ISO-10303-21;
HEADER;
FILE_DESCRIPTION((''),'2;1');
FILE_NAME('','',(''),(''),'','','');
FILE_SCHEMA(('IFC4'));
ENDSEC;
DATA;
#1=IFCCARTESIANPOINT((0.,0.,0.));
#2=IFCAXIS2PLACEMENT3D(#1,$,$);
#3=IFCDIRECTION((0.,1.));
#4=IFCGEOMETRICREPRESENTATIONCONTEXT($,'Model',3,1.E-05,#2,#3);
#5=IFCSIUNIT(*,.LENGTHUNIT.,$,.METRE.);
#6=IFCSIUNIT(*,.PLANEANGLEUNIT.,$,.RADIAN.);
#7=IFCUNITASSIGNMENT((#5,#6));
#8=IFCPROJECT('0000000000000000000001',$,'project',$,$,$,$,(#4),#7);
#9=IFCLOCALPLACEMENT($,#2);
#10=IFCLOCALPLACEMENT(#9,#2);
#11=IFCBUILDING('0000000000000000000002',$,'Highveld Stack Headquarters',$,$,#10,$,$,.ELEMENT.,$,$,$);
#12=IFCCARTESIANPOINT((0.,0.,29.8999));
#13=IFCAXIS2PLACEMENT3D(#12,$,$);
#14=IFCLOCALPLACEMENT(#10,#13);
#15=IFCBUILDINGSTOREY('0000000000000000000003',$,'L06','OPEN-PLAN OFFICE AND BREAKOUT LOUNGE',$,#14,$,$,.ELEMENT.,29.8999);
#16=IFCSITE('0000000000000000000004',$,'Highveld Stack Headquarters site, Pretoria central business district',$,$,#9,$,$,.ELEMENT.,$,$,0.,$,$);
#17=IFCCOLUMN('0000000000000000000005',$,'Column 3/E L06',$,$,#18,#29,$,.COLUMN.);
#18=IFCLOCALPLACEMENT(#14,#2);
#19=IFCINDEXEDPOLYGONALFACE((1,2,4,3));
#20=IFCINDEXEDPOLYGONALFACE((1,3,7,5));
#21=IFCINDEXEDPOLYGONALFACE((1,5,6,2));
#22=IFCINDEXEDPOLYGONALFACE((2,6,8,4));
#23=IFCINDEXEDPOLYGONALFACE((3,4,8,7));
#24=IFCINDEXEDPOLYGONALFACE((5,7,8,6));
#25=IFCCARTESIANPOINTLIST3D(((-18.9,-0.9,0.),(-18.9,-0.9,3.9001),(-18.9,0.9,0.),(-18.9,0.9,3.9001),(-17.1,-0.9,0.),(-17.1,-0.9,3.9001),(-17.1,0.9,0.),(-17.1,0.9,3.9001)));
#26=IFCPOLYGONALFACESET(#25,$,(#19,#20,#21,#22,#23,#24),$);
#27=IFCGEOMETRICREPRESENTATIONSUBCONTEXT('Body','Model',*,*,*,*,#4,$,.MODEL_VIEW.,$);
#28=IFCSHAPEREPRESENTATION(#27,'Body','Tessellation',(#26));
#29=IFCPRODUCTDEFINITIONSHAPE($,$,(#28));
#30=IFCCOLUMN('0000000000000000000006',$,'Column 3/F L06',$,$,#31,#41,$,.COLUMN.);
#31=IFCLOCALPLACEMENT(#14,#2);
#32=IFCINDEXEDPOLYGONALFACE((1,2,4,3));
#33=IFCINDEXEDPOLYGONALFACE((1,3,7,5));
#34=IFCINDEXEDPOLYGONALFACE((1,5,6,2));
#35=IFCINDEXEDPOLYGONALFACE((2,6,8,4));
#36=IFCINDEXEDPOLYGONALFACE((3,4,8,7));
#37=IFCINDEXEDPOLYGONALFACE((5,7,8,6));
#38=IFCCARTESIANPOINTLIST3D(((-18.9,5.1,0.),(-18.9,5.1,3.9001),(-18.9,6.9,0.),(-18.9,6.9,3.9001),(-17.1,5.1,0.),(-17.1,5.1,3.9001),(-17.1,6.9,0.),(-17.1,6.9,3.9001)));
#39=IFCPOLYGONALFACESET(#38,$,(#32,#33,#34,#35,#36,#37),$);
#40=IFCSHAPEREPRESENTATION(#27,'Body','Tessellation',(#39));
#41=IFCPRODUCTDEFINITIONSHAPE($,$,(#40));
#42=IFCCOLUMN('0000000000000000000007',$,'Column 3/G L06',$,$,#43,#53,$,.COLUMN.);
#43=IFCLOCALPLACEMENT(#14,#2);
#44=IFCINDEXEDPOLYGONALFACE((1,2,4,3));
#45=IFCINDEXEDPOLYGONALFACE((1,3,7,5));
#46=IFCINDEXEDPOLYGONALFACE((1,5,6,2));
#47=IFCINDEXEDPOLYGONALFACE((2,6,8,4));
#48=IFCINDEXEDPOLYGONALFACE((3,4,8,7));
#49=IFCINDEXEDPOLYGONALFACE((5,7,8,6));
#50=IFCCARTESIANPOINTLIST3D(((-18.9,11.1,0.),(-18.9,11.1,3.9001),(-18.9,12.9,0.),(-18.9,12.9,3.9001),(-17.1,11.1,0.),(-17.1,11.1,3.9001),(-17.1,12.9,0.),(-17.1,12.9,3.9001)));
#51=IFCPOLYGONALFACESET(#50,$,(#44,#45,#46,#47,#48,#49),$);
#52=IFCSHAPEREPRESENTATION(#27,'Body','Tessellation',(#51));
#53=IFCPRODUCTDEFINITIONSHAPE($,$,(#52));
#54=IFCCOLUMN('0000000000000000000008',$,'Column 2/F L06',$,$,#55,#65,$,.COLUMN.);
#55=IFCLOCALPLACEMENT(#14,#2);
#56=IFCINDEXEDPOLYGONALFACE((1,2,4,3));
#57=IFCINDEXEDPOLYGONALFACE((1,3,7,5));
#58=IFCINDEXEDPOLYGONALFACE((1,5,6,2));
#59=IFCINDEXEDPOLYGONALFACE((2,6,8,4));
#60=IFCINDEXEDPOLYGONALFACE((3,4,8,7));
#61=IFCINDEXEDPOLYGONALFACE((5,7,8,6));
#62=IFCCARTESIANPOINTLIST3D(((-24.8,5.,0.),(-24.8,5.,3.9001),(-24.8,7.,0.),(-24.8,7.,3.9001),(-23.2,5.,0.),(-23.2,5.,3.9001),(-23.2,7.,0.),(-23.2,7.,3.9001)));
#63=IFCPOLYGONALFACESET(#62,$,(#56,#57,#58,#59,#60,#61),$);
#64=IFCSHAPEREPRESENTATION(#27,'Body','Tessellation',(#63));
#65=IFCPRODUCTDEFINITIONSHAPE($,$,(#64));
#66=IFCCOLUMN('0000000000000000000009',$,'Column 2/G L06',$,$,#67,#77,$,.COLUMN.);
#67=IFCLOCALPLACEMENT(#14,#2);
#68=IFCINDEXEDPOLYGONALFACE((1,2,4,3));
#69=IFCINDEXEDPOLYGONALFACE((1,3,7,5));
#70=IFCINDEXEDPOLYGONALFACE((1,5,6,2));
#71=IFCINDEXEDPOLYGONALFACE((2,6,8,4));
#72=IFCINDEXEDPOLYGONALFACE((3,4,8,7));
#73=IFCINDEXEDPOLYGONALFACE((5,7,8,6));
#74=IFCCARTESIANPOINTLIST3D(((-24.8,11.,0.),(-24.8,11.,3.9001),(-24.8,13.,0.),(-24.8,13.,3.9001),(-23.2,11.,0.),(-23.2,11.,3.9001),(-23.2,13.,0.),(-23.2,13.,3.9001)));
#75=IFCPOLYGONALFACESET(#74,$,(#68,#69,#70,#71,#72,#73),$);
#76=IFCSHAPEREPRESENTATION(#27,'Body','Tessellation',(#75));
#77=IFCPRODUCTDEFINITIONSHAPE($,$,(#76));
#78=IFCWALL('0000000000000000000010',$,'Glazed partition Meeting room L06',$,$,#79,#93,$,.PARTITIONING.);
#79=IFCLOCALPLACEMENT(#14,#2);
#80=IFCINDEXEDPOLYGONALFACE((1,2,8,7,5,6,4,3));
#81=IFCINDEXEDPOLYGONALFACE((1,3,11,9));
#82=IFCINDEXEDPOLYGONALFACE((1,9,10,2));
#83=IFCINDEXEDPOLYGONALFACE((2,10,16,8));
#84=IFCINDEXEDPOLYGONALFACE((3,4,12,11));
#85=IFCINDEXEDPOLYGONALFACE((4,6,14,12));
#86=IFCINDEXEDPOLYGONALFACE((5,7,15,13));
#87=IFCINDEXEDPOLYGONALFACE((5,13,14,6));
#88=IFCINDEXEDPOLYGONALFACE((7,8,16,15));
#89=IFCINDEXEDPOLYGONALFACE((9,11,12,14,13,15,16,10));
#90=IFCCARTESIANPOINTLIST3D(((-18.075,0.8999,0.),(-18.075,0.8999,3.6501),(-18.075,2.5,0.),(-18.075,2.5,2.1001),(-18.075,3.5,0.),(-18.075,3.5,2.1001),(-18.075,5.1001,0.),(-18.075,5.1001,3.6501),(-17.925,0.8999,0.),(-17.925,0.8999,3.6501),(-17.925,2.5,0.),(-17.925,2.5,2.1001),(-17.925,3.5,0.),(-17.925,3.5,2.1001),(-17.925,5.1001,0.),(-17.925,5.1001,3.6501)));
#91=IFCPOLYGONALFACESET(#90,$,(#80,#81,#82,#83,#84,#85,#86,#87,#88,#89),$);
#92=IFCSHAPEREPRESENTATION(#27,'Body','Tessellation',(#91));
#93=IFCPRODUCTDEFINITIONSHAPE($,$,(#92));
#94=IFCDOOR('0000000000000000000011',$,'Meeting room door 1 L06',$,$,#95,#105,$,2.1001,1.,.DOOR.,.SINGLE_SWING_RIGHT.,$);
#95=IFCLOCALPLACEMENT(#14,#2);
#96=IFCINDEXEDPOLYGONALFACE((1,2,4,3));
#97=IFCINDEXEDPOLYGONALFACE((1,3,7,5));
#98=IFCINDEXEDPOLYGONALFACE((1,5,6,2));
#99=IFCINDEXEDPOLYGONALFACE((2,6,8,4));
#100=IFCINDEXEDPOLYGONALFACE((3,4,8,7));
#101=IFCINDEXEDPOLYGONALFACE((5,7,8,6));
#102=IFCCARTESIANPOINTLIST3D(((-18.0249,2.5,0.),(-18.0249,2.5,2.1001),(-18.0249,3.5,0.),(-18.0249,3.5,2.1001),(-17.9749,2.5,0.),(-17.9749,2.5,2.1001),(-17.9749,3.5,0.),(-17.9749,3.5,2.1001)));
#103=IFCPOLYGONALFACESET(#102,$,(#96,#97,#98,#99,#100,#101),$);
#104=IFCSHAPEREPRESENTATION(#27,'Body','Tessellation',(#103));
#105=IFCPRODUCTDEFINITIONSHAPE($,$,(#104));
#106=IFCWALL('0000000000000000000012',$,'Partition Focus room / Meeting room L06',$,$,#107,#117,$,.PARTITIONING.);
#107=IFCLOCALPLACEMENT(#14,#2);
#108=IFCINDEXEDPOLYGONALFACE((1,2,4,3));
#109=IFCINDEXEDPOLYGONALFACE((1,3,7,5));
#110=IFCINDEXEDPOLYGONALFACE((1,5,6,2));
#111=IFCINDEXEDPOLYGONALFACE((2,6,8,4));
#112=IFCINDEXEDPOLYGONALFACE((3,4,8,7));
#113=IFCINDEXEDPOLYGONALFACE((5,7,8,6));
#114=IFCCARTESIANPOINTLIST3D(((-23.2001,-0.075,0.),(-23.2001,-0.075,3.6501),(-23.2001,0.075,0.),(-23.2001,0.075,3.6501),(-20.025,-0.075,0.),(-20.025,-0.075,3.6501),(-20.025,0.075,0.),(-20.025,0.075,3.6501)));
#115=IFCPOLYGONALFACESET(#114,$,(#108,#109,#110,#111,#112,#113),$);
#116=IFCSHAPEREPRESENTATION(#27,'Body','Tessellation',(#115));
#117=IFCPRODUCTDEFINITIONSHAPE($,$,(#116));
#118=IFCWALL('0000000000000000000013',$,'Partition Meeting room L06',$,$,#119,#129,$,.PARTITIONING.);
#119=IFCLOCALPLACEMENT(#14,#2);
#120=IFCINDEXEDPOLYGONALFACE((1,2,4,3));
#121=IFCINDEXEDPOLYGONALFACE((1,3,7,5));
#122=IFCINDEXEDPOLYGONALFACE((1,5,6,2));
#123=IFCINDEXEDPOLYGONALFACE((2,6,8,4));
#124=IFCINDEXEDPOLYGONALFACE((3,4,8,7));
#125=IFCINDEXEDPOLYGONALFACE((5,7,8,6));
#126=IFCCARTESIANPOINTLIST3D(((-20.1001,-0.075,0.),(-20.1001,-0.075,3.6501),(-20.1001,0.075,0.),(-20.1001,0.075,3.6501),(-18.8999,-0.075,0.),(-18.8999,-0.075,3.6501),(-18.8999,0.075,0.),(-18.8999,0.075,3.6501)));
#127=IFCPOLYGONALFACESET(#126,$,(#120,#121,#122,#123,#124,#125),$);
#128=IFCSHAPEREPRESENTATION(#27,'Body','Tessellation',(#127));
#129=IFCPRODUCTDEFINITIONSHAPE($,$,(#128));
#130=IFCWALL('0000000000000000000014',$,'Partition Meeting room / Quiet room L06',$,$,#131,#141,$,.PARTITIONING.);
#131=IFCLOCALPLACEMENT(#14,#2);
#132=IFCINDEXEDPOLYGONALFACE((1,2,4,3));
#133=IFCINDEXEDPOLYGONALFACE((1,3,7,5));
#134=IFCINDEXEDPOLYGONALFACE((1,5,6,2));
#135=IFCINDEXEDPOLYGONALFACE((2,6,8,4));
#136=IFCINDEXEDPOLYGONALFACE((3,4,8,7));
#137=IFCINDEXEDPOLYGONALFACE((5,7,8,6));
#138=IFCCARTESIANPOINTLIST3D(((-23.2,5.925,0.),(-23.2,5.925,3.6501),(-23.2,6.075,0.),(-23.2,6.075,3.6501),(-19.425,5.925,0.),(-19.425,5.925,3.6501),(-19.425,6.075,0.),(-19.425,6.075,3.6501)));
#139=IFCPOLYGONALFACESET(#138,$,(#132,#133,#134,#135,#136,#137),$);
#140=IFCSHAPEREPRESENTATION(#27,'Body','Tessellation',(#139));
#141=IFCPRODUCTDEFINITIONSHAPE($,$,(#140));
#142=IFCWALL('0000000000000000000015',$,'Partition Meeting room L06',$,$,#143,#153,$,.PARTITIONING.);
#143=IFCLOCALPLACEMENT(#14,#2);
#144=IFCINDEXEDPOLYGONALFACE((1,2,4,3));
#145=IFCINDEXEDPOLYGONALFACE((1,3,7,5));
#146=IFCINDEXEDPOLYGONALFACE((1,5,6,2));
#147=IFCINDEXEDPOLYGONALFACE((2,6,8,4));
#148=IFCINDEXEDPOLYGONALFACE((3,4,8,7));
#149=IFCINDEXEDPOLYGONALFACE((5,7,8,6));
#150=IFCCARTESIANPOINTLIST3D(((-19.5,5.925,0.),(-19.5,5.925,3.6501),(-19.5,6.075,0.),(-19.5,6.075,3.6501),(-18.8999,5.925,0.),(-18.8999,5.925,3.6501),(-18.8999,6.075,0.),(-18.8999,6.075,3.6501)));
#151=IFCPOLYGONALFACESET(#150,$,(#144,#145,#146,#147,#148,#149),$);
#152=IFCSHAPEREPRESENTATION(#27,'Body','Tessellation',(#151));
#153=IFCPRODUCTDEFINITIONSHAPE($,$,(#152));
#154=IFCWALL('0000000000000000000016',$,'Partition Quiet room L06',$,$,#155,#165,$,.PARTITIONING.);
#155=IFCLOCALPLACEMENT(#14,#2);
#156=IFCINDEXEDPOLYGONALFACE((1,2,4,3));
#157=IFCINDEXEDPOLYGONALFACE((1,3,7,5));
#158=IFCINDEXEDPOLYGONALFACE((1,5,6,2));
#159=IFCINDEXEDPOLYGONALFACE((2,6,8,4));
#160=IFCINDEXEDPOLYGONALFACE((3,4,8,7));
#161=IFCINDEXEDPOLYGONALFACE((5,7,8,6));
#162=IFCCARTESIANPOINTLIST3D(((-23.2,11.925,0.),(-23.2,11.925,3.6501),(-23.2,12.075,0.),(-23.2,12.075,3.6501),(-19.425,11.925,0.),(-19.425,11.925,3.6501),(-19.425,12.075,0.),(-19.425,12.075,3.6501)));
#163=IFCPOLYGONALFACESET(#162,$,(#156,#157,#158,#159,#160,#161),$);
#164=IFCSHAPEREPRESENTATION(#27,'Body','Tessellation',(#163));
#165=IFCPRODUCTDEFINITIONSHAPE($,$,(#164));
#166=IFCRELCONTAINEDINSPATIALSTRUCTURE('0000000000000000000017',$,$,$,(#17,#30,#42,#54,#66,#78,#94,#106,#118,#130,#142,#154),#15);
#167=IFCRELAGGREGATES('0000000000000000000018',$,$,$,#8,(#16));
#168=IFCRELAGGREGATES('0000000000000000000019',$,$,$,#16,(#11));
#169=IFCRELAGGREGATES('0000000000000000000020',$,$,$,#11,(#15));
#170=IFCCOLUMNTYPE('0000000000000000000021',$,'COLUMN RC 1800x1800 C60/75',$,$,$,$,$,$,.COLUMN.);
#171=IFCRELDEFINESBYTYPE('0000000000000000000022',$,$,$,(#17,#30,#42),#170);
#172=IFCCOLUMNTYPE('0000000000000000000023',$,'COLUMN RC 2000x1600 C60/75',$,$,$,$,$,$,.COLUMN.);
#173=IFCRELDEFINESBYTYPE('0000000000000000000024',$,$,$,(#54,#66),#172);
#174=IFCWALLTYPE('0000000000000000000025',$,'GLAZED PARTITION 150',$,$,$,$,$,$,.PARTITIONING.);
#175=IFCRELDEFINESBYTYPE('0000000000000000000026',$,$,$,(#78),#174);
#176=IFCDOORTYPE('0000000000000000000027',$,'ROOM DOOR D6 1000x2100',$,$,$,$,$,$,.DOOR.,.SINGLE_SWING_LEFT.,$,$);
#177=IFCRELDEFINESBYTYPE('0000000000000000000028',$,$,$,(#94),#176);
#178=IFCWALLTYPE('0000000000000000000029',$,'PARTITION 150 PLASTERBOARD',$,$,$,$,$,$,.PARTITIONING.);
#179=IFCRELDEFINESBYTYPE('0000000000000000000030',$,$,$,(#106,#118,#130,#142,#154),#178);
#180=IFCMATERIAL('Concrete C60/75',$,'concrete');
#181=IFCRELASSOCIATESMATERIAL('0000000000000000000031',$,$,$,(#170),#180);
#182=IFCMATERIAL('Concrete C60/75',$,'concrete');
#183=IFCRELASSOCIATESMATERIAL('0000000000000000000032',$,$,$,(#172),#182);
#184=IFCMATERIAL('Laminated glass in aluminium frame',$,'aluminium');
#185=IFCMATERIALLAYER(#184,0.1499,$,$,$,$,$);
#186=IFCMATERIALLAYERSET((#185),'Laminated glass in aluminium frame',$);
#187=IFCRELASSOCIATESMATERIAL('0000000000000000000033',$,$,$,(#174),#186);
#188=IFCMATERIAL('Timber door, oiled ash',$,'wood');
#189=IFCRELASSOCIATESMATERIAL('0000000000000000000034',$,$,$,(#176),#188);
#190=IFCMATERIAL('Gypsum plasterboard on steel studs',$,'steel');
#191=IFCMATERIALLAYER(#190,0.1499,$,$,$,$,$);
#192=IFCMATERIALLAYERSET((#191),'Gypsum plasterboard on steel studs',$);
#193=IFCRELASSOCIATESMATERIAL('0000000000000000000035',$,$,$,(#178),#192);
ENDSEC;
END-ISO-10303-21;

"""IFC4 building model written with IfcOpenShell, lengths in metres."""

from ifc_helpers import new_model, si_unit, direction, frame, frame_2d, origin, origin_2d, place, context, subcontext, project, spatial, rectangle, extrude, material, layer, layer_set, material_profile, profile_set, type_object, element, fill, save


model = new_model("IFC4")

# Units and contexts
model_context = context("Model", 3, precision=1e-05, world=origin(), true_north=direction((0.0, 1.0)))
body_context = subcontext(model_context, "Body", "Model", "MODEL_VIEW")
ifc_project = project(units=[si_unit("LENGTHUNIT", "METRE"), si_unit("PLANEANGLEUNIT", "RADIAN")], contexts=[model_context])

# Site, building, storey
site_placement = place(None, origin())
site = spatial("IfcSite", under=ifc_project, at=site_placement, Name="Highveld Stack Headquarters site, Pretoria central business district", CompositionType="ELEMENT", RefElevation=0.0)
building_placement = place(site_placement, origin())
building = spatial("IfcBuilding", under=site, at=building_placement, Name="Highveld Stack Headquarters", CompositionType="ELEMENT")
storey_placement = place(building_placement, frame((0.0, 0.0, 29.8999)))
storey = spatial("IfcBuildingStorey", under=building, at=storey_placement, Name="L06", Description="OPEN-PLAN OFFICE AND BREAKOUT LOUNGE", CompositionType="ELEMENT", Elevation=29.8999)

# Columns
ifc_material_1 = material(Name="Concrete C60/75", Category="concrete")
ifc_material_profile_1 = material_profile(ifc_material_1, rectangle(XDim=1.8, YDim=1.8, at=origin_2d()), Name="RC 1800x1800")
ifc_profile_set_1 = profile_set([ifc_material_profile_1], Name="Concrete C60/75")
column_type_1 = type_object("IfcColumnType", Name="COLUMN RC 1800x1800 C60/75", PredefinedType="COLUMN", material=ifc_profile_set_1)
for number, where, z_axis, x_axis, name in (
    (1, (-18.0, 0.0, 0.0), (0.0, 0.0, 1.0), (1.0, 0.0, 0.0), "Column 3/E L06"),
    (2, (-18.0, 6.0, 0.0), (0.0, 0.0, 1.0), (1.0, 0.0, 0.0), "Column 3/F L06"),
    (3, (-18.0, 12.0, 0.0), (0.0, 0.0, 1.0), (1.0, 0.0, 0.0), "Column 3/G L06"),
):
    element("IfcColumn", number, at=place(storey_placement, frame(where, z_axis=z_axis, x_axis=x_axis)), inside=storey, type_object=column_type_1, Name=name, PredefinedType="COLUMN", context=body_context, shape_type="SweptSolid", body=[
        extrude(rectangle(XDim=1.8, YDim=1.8, at=origin_2d()), origin(), (0.0, 0.0, 1.0), 3.9001),
    ])
ifc_material_2 = material(Name="Concrete C60/75", Category="concrete")
ifc_material_profile_2 = material_profile(ifc_material_2, rectangle(XDim=2.0, YDim=1.6001, at=origin_2d()), Name="RC 2000x1600")
ifc_profile_set_2 = profile_set([ifc_material_profile_2], Name="Concrete C60/75")
column_type_2 = type_object("IfcColumnType", Name="COLUMN RC 2000x1600 C60/75", PredefinedType="COLUMN", material=ifc_profile_set_2)
for number, where, z_axis, x_axis, name in (
    (4, (-24.0, 6.0, 0.0), (0.0, 0.0, 1.0), (0.0, 1.0, 0.0), "Column 2/F L06"),
    (5, (-24.0, 12.0, 0.0), (0.0, 0.0, 1.0), (0.0, 1.0, 0.0), "Column 2/G L06"),
):
    element("IfcColumn", number, at=place(storey_placement, frame(where, z_axis=z_axis, x_axis=x_axis)), inside=storey, type_object=column_type_2, Name=name, PredefinedType="COLUMN", context=body_context, shape_type="SweptSolid", body=[
        extrude(rectangle(XDim=2.0, YDim=1.6001, at=origin_2d()), origin(), (0.0, 0.0, 1.0), 3.9001),
    ])

# Wall, opening, door
ifc_material_3 = material(Name="Laminated glass in aluminium frame", Category="aluminium")
ifc_layer_1 = layer(ifc_material_3, 0.1499)
ifc_layer_set_1 = layer_set([ifc_layer_1], Name="Laminated glass in aluminium frame")
wall_type_1 = type_object("IfcWallType", Name="GLAZED PARTITION 150", PredefinedType="PARTITIONING", material=ifc_layer_set_1)
wall_1_placement = place(storey_placement, frame((-18.0, 0.8999, 0.0), z_axis=(0.0, 0.0, 1.0), x_axis=(0.0, 1.0, 0.0)))
wall_1 = element("IfcWall", 6, at=wall_1_placement, inside=storey, type_object=wall_type_1, Name="Glazed partition Meeting room L06", PredefinedType="PARTITIONING", context=body_context, shape_type="SweptSolid", body=[
    extrude(rectangle(XDim=4.2002, YDim=0.1499, at=frame_2d((2.1001, 0.0))), origin(), (0.0, 0.0, 1.0), 3.6501),
])
opening_1_placement = place(wall_1_placement, frame((1.6001, 0.0, 0.0)))
opening_1 = element("IfcOpeningElement", 7, at=opening_1_placement, cuts=wall_1, PredefinedType="OPENING", context=body_context, shape_type="SweptSolid", body=[
    extrude(rectangle(XDim=1.0, YDim=2.1001, at=frame_2d((0.5, 1.05))), frame((0.0, 0.085, 0.0), z_axis=(0.0, -1.0, 0.0), x_axis=(1.0, 0.0, 0.0)), (0.0, 0.0, 1.0), 0.1699),
])
ifc_material_4 = material(Name="Timber door, oiled ash", Category="wood")
door_type = type_object("IfcDoorType", Name="ROOM DOOR D6 1000x2100", OperationType="SINGLE_SWING_LEFT", PredefinedType="DOOR", material=ifc_material_4)
door_1_placement = place(opening_1_placement, origin())
door_1 = element("IfcDoor", 8, at=door_1_placement, inside=storey, type_object=door_type, Name="Meeting room door 1 L06", OperationType="SINGLE_SWING_RIGHT", OverallHeight=2.1001, OverallWidth=1.0, PredefinedType="DOOR", context=body_context, shape_type="SweptSolid", body=[
    extrude(rectangle(XDim=1.0, YDim=2.1001, at=frame_2d((0.5, 1.05))), frame((0.0, 0.0249, 0.0), z_axis=(0.0, -1.0, 0.0), x_axis=(1.0, 0.0, 0.0)), (0.0, 0.0, 1.0), 0.05),
])
fill(opening_1, door_1)

# Walls
ifc_material_5 = material(Name="Gypsum plasterboard on steel studs", Category="steel")
ifc_layer_2 = layer(ifc_material_5, 0.1499)
ifc_layer_set_2 = layer_set([ifc_layer_2], Name="Gypsum plasterboard on steel studs")
wall_type_2 = type_object("IfcWallType", Name="PARTITION 150 PLASTERBOARD", PredefinedType="PARTITIONING", material=ifc_layer_set_2)
wall_2_placement = place(storey_placement, frame((-23.2, 0.0, 0.0), z_axis=(0.0, 0.0, 1.0), x_axis=(1.0, 0.0, 0.0)))
element("IfcWall", 9, at=wall_2_placement, inside=storey, type_object=wall_type_2, Name="Partition Focus room / Meeting room L06", PredefinedType="PARTITIONING", context=body_context, shape_type="SweptSolid", body=[
    extrude(rectangle(XDim=3.175, YDim=0.1499, at=frame_2d((1.5874, 0.0))), origin(), (0.0, 0.0, 1.0), 3.6501),
])
wall_3_placement = place(storey_placement, frame((-20.1001, 0.0, 0.0), z_axis=(0.0, 0.0, 1.0), x_axis=(1.0, 0.0, 0.0)))
element("IfcWall", 10, at=wall_3_placement, inside=storey, type_object=wall_type_2, Name="Partition Meeting room L06", PredefinedType="PARTITIONING", context=body_context, shape_type="SweptSolid", body=[
    extrude(rectangle(XDim=1.2002, YDim=0.1499, at=frame_2d((0.6001, 0.0))), origin(), (0.0, 0.0, 1.0), 3.6501),
])
wall_4_placement = place(storey_placement, frame((-23.2, 6.0, 0.0), z_axis=(0.0, 0.0, 1.0), x_axis=(1.0, 0.0, 0.0)))
element("IfcWall", 11, at=wall_4_placement, inside=storey, type_object=wall_type_2, Name="Partition Meeting room / Quiet room L06", PredefinedType="PARTITIONING", context=body_context, shape_type="SweptSolid", body=[
    extrude(rectangle(XDim=3.7749, YDim=0.1499, at=frame_2d((1.8875, 0.0))), origin(), (0.0, 0.0, 1.0), 3.6501),
])
wall_5_placement = place(storey_placement, frame((-19.5, 6.0, 0.0), z_axis=(0.0, 0.0, 1.0), x_axis=(1.0, 0.0, 0.0)))
element("IfcWall", 12, at=wall_5_placement, inside=storey, type_object=wall_type_2, Name="Partition Meeting room L06", PredefinedType="PARTITIONING", context=body_context, shape_type="SweptSolid", body=[
    extrude(rectangle(XDim=0.6001, YDim=0.1499, at=frame_2d((0.3, 0.0))), origin(), (0.0, 0.0, 1.0), 3.6501),
])
wall_6_placement = place(storey_placement, frame((-23.2, 12.0, 0.0), z_axis=(0.0, 0.0, 1.0), x_axis=(1.0, 0.0, 0.0)))
element("IfcWall", 13, at=wall_6_placement, inside=storey, type_object=wall_type_2, Name="Partition Quiet room L06", PredefinedType="PARTITIONING", context=body_context, shape_type="SweptSolid", body=[
    extrude(rectangle(XDim=3.7749, YDim=0.1499, at=frame_2d((1.8875, 0.0))), origin(), (0.0, 0.0, 1.0), 3.6501),
])

save(model, "model.ifc")
